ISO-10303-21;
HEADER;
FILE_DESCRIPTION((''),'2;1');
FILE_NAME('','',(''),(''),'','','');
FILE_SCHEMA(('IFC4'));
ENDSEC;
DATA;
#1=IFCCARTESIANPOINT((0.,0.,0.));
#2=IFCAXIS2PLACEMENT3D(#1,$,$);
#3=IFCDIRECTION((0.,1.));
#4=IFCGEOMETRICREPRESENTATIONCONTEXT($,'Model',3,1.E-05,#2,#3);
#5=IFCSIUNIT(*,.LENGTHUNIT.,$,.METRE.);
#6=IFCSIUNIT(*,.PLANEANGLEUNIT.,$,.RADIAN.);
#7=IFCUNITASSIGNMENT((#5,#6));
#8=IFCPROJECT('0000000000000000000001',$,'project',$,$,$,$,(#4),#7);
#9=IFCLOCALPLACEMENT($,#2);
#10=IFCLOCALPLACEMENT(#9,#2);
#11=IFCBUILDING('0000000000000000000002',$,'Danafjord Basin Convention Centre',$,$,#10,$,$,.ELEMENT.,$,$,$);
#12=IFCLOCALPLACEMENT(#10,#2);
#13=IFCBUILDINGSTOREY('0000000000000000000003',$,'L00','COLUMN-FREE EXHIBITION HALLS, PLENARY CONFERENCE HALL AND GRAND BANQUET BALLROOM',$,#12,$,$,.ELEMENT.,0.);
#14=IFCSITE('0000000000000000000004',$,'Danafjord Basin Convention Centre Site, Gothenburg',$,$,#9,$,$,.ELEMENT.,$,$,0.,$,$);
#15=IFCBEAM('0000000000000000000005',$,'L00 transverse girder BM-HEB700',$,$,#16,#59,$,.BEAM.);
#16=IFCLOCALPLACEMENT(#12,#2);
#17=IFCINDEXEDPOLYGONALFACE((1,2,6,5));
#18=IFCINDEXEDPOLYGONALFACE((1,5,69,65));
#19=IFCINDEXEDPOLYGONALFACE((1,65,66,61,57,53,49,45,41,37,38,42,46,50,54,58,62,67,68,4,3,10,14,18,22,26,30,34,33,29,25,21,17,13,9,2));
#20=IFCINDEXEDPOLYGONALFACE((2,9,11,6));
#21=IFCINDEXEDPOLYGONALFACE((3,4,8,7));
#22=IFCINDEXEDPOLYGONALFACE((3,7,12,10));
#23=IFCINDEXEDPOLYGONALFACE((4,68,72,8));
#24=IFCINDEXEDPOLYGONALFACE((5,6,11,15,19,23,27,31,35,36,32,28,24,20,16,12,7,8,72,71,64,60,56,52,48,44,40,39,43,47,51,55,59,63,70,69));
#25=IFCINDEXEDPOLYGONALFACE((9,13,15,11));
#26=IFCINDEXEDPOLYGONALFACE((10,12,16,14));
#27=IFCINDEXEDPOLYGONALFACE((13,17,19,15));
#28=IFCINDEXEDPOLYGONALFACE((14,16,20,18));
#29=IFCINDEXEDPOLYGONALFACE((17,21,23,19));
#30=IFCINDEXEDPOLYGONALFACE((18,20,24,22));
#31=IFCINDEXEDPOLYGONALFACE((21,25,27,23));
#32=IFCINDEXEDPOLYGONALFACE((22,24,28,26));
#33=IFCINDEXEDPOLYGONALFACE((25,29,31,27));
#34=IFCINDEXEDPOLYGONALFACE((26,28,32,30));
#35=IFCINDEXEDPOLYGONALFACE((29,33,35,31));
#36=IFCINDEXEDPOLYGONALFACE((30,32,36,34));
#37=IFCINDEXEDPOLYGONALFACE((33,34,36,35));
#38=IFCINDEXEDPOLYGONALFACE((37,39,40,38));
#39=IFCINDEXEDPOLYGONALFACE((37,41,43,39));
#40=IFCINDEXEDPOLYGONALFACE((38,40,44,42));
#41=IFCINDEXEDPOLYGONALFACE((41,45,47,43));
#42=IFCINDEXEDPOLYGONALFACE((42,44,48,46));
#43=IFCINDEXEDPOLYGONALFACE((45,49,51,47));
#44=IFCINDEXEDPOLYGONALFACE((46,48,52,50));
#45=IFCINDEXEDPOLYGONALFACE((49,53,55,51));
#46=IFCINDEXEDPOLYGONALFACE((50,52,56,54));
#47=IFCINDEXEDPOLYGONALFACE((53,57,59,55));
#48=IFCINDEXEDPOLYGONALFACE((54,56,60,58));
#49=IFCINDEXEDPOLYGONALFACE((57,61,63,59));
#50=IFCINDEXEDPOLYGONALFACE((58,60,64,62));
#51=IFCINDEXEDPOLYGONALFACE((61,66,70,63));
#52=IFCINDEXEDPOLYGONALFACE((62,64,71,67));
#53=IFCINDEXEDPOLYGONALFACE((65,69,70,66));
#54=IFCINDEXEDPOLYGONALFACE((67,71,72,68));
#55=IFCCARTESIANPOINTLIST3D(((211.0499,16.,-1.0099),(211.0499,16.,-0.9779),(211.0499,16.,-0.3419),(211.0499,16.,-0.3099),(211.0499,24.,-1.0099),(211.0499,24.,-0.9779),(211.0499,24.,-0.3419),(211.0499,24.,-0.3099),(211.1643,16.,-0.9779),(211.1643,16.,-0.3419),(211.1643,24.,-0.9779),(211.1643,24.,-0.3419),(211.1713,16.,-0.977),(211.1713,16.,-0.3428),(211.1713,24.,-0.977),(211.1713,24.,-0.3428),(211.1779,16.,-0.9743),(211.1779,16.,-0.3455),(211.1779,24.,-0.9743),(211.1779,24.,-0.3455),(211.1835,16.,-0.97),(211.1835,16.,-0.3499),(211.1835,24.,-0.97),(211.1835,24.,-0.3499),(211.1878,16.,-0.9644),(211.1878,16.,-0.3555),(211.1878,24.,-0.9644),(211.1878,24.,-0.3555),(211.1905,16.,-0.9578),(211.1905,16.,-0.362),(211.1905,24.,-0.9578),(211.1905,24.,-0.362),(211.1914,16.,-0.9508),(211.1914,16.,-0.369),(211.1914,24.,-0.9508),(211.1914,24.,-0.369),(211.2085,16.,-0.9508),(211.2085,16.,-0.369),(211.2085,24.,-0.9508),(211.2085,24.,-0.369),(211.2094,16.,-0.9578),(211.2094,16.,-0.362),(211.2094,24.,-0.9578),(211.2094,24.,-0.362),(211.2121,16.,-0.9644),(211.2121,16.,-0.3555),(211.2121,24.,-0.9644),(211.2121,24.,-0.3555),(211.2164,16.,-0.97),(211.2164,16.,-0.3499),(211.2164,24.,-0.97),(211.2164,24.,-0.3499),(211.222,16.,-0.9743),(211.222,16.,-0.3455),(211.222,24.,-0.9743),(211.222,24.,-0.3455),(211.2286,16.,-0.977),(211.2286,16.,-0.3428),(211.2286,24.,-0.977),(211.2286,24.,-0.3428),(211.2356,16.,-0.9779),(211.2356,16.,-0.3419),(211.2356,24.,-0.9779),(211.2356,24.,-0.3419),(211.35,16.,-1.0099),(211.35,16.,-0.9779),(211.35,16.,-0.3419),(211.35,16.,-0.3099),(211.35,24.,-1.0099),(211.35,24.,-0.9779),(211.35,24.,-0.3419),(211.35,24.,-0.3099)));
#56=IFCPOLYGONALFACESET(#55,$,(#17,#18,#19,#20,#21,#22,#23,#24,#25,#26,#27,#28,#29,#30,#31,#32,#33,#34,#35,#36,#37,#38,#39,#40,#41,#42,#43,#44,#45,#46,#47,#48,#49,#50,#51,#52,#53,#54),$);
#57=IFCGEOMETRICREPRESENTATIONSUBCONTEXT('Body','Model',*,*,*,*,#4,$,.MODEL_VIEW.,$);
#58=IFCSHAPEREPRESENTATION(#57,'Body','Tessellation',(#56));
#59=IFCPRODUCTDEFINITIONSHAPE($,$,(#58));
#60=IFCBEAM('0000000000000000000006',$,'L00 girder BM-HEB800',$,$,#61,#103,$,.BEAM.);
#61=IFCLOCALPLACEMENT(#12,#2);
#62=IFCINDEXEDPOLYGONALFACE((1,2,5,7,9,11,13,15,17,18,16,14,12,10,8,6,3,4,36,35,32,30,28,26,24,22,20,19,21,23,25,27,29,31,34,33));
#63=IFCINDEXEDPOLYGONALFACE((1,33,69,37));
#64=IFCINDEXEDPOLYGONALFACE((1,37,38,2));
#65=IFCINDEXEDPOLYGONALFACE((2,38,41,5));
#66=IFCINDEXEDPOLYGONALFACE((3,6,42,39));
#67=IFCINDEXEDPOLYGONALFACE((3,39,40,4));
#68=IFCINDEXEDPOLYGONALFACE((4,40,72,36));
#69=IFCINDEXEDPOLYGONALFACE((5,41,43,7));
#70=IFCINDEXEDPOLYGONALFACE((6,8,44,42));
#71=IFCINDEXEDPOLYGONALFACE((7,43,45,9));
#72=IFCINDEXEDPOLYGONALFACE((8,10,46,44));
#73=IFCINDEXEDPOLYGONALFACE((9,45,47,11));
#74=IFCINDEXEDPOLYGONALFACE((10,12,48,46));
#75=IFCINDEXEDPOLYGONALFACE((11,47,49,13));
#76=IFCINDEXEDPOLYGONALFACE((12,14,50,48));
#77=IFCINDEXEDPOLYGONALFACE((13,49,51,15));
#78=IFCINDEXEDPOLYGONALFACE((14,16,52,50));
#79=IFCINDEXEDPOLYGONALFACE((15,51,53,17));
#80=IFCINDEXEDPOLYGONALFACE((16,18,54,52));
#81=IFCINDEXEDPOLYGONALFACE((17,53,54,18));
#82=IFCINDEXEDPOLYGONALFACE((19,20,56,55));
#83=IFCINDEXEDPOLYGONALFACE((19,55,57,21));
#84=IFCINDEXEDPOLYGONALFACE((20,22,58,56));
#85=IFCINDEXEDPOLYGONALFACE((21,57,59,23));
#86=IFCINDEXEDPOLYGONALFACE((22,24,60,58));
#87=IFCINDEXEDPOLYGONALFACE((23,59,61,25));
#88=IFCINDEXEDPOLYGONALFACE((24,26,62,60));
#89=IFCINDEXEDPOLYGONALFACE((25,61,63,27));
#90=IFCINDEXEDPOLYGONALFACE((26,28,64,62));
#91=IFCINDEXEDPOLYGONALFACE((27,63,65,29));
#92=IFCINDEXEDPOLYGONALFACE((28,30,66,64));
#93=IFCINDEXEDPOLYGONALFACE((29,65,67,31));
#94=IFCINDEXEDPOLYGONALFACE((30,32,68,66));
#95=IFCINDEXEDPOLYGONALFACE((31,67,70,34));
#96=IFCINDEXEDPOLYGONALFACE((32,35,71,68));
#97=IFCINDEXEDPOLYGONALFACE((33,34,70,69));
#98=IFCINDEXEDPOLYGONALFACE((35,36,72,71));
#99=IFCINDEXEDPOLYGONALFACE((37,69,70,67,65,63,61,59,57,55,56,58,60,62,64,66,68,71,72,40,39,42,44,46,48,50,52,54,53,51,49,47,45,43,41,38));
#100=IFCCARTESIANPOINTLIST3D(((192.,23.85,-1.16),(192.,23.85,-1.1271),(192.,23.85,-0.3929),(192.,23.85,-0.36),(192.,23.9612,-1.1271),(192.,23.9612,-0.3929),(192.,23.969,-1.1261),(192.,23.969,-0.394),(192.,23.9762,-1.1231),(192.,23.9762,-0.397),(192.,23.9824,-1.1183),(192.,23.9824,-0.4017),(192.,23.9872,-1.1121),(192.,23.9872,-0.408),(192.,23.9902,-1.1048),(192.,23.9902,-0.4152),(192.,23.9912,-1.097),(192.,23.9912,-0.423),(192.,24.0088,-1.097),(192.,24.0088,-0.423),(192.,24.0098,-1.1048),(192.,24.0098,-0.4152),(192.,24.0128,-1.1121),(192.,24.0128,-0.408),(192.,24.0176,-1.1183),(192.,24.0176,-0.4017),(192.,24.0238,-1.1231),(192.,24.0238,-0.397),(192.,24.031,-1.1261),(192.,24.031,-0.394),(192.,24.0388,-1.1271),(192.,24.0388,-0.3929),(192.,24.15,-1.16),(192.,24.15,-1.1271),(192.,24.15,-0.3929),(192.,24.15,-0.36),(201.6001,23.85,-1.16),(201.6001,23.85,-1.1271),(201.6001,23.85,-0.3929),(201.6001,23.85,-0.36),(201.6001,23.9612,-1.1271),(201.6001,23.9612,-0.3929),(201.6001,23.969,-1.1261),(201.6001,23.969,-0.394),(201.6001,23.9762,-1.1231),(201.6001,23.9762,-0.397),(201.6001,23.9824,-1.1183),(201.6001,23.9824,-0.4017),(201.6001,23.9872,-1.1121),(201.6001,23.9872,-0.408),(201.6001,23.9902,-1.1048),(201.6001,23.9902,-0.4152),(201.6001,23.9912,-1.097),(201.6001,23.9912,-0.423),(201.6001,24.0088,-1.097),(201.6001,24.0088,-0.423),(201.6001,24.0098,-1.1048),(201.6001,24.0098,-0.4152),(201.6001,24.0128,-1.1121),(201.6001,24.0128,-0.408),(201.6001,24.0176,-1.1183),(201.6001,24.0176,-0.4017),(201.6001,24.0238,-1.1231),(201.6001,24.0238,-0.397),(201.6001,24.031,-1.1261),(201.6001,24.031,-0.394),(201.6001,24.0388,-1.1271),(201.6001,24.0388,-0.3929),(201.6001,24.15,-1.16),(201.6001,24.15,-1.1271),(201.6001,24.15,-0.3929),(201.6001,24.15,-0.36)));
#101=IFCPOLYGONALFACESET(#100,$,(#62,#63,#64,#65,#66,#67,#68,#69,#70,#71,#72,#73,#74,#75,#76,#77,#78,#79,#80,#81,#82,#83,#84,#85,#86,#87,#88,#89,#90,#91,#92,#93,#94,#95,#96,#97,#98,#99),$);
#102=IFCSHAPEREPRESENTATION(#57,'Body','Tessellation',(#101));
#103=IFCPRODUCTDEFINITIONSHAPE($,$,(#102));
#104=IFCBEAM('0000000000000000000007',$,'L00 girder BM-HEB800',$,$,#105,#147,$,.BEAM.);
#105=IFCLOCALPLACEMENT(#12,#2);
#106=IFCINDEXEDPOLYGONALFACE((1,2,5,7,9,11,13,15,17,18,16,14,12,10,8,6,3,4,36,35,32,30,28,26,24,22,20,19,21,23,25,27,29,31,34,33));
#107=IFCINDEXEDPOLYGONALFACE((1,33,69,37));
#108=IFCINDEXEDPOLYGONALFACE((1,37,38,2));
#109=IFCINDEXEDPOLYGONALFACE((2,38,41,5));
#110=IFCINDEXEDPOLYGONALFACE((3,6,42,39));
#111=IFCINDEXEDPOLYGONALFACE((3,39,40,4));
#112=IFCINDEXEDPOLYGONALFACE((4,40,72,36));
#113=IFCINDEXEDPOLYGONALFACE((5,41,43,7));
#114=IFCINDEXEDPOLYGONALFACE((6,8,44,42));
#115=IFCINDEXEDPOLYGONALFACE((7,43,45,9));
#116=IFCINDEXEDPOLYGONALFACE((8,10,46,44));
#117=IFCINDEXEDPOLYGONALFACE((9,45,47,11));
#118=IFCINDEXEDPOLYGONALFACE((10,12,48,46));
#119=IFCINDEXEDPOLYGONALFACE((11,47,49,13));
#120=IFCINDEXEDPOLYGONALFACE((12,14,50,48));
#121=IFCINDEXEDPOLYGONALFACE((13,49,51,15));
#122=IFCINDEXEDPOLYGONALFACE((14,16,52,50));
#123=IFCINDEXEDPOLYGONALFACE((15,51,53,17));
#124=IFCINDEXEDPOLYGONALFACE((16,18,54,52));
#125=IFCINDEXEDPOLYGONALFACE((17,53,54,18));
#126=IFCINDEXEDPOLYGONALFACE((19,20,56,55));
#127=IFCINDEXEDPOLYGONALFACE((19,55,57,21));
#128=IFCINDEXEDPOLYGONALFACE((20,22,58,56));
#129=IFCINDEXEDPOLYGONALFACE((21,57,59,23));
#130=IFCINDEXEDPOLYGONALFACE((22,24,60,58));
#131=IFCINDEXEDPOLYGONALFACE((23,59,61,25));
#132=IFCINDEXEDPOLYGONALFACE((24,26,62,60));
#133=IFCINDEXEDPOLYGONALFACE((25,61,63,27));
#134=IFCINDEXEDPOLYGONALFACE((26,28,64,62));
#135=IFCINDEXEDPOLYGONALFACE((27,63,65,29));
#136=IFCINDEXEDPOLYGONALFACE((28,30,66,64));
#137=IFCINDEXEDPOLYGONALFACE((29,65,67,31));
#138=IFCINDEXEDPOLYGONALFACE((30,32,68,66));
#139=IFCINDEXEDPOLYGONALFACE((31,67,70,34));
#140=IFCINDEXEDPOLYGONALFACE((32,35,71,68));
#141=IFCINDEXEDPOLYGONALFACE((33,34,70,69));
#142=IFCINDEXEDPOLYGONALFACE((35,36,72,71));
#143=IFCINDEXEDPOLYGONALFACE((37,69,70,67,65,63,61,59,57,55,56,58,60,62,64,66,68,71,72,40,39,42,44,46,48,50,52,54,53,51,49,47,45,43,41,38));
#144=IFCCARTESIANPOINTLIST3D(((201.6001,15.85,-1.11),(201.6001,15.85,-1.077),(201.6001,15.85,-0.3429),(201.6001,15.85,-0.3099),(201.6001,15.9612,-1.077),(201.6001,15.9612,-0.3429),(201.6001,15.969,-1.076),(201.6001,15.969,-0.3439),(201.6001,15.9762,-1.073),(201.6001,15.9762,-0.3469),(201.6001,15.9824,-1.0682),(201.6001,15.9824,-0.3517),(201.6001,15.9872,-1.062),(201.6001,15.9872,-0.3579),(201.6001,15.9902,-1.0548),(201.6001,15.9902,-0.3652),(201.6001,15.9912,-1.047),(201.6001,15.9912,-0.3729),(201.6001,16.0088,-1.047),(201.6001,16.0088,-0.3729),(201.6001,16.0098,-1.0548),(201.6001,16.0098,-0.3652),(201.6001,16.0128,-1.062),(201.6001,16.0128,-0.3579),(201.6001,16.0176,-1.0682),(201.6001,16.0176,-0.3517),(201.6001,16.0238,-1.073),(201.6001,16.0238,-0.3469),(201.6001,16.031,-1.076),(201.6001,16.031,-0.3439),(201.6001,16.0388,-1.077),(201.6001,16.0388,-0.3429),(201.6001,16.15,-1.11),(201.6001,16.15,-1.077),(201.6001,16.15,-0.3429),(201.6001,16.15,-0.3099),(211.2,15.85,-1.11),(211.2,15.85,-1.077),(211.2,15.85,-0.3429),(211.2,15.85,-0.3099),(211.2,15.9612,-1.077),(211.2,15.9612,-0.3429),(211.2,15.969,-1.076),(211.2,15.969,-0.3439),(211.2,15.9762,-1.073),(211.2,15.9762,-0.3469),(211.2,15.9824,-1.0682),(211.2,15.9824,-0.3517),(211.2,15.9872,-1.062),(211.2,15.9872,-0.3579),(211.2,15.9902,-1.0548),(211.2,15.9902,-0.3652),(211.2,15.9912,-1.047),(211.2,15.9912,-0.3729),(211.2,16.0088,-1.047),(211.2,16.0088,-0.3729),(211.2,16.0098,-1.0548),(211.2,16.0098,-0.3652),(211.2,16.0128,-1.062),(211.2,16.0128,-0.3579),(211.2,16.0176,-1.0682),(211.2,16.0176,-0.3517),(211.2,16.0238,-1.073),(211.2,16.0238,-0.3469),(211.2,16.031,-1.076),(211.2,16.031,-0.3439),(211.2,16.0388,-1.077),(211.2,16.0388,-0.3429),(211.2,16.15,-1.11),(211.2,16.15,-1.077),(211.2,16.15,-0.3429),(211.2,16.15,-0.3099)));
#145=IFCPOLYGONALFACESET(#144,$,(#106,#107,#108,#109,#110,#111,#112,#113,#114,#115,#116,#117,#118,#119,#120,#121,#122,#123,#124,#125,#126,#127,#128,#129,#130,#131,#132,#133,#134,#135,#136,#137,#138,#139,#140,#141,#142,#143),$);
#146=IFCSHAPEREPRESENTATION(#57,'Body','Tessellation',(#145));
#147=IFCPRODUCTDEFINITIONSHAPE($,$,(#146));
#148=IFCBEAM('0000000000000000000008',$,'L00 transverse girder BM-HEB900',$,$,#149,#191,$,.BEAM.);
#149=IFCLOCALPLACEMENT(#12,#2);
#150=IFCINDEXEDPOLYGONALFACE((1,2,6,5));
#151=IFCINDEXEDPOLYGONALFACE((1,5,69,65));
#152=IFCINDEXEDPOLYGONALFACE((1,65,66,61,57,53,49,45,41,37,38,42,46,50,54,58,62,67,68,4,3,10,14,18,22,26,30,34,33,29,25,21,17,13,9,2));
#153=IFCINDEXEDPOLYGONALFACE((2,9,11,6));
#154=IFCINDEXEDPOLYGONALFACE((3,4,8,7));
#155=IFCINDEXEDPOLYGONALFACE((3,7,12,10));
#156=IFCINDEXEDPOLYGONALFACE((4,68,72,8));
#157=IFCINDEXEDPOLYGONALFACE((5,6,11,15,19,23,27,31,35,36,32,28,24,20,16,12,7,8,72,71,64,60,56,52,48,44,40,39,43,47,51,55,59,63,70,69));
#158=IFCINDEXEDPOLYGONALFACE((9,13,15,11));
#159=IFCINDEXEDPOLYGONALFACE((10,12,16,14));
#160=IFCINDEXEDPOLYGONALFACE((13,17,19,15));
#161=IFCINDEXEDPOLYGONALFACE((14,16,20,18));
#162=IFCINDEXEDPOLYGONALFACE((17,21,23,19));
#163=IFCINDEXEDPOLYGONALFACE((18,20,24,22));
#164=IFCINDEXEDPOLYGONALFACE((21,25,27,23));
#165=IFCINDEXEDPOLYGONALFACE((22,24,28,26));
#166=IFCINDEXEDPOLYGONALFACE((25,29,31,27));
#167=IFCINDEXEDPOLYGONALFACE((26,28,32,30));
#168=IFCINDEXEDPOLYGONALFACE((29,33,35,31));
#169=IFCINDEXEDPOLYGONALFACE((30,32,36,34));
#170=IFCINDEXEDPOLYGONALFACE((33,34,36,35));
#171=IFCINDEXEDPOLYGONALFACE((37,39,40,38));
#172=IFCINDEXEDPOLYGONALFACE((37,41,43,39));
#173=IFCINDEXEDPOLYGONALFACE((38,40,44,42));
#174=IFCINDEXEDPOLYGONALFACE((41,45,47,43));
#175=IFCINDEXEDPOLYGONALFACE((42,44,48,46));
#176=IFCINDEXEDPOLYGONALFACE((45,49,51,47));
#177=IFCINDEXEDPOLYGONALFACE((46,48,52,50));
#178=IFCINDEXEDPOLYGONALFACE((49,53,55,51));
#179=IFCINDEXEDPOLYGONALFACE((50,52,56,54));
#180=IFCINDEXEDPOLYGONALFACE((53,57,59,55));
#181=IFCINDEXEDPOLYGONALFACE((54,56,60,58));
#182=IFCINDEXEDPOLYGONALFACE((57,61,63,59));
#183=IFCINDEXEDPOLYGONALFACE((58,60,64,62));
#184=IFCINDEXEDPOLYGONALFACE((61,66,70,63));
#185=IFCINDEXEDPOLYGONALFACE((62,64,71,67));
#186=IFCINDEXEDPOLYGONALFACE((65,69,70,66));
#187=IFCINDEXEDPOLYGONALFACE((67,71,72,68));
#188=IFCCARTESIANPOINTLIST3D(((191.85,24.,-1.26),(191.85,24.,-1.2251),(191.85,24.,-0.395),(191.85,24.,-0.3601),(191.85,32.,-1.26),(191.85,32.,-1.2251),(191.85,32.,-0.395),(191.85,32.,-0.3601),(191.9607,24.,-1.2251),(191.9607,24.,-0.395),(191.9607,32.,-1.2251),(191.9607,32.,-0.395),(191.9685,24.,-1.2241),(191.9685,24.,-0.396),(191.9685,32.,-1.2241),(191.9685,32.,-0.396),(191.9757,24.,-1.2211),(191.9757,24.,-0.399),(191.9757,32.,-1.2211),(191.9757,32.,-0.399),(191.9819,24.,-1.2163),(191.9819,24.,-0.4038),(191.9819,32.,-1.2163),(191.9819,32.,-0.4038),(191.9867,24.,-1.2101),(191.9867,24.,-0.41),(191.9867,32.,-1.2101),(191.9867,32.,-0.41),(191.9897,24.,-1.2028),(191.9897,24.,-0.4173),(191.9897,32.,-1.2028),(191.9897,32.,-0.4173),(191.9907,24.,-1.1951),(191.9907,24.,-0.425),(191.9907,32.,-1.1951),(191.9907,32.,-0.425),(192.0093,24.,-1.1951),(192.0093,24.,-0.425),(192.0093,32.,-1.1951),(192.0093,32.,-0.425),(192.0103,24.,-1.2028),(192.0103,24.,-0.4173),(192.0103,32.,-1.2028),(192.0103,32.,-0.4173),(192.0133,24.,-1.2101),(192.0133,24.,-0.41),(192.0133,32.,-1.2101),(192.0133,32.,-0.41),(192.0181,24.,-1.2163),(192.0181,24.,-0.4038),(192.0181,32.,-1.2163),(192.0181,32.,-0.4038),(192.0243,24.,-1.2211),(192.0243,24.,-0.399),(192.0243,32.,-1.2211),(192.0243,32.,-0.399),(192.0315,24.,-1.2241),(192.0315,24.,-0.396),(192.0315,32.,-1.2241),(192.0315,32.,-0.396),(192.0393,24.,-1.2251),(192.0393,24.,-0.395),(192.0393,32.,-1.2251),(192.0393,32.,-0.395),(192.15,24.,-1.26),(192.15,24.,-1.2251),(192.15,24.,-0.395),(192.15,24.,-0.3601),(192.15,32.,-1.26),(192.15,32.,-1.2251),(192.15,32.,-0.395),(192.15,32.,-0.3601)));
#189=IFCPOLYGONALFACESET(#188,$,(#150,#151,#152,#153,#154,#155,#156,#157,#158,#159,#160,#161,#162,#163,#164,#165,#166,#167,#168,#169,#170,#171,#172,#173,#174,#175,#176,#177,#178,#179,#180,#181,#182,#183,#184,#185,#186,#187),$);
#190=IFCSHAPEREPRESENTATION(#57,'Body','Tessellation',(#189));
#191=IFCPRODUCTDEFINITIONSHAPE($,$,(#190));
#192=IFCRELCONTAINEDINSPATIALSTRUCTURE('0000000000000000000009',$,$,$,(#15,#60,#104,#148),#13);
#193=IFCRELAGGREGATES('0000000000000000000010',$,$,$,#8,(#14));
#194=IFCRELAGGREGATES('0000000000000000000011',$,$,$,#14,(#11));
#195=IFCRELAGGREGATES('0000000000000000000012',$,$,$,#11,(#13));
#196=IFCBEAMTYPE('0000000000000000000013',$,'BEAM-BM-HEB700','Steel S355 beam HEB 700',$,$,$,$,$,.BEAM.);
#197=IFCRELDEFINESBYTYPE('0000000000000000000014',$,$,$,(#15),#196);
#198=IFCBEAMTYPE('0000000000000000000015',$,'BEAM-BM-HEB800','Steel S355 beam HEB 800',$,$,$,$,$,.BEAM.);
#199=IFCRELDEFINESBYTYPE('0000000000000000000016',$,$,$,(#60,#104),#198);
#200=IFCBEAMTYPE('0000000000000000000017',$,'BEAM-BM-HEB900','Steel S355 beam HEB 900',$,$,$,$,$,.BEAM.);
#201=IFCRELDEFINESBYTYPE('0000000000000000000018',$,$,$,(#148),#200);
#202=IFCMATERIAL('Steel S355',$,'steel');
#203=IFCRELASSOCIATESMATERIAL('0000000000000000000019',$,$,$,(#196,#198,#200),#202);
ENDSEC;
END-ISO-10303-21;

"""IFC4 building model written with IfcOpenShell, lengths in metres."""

from ifc_helpers import new_model, si_unit, direction, frame, origin, origin_2d, place, context, subcontext, project, spatial, i_section, extrude, material, material_profile, profile_set, type_object, element, save


model = new_model("IFC4")

# Units and contexts
model_context = context("Model", 3, precision=1e-05, world=origin(), true_north=direction((0.0, 1.0)))
body_context = subcontext(model_context, "Body", "Model", "MODEL_VIEW")
ifc_project = project(units=[si_unit("LENGTHUNIT", "METRE"), si_unit("PLANEANGLEUNIT", "RADIAN")], contexts=[model_context])

# Site, building, storey
site_placement = place(None, origin())
site = spatial("IfcSite", under=ifc_project, at=site_placement, Name="Danafjord Basin Convention Centre Site, Gothenburg", CompositionType="ELEMENT", RefElevation=0.0)
building_placement = place(site_placement, origin())
building = spatial("IfcBuilding", under=site, at=building_placement, Name="Danafjord Basin Convention Centre", CompositionType="ELEMENT")
storey_placement = place(building_placement, origin())
storey = spatial("IfcBuildingStorey", under=building, at=storey_placement, Name="L00", Description="COLUMN-FREE EXHIBITION HALLS, PLENARY CONFERENCE HALL AND GRAND BANQUET BALLROOM", CompositionType="ELEMENT", Elevation=0.0)

# Shared definitions
ifc_material_1 = material(Name="Steel S355", Category="steel")

# Beams
ifc_material_profile_1 = material_profile(ifc_material_1, i_section(OverallWidth=0.3, OverallDepth=0.7, WebThickness=0.0171, FlangeThickness=0.032, FilletRadius=0.0271, at=origin_2d()), Name="HEB 700")
ifc_profile_set_1 = profile_set([ifc_material_profile_1], Name="Steel S355")
beam_type_1 = type_object("IfcBeamType", Name="BEAM-BM-HEB700", Description="Steel S355 beam HEB 700", PredefinedType="BEAM", material=ifc_profile_set_1)
for number, where, z_axis, x_axis, name in (
    (1, (211.2, 16.0, -0.6599), (0.0, 1.0, 0.0), (-1.0, 0.0, 0.0), "L00 transverse girder BM-HEB700"),
):
    element("IfcBeam", number, at=place(storey_placement, frame(where, z_axis=z_axis, x_axis=x_axis)), inside=storey, type_object=beam_type_1, Name=name, PredefinedType="BEAM", context=body_context, shape_type="SweptSolid", body=[
        extrude(i_section(OverallWidth=0.3, OverallDepth=0.7, WebThickness=0.0171, FlangeThickness=0.032, FilletRadius=0.0271, at=origin_2d()), origin(), (0.0, 0.0, 1.0), 8.0),
    ])
ifc_material_profile_2 = material_profile(ifc_material_1, i_section(OverallWidth=0.3, OverallDepth=0.8, WebThickness=0.0176, FlangeThickness=0.033, FilletRadius=0.03, at=origin_2d()), Name="HEB 800")
ifc_profile_set_2 = profile_set([ifc_material_profile_2], Name="Steel S355")
beam_type_2 = type_object("IfcBeamType", Name="BEAM-BM-HEB800", Description="Steel S355 beam HEB 800", PredefinedType="BEAM", material=ifc_profile_set_2)
beam_1_placement = place(storey_placement, frame((192.0, 24.0, -0.76), z_axis=(1.0, 0.0, 0.0), x_axis=(0.0, 1.0, 0.0)))
element("IfcBeam", 2, at=beam_1_placement, inside=storey, type_object=beam_type_2, Name="L00 girder BM-HEB800", PredefinedType="BEAM", context=body_context, shape_type="SweptSolid", body=[
    extrude(i_section(OverallWidth=0.3, OverallDepth=0.8, WebThickness=0.0176, FlangeThickness=0.033, FilletRadius=0.03, at=origin_2d()), origin(), (0.0, 0.0, 1.0), 9.6001),
])
beam_2_placement = place(storey_placement, frame((201.6001, 16.0, -0.71), z_axis=(1.0, 0.0, 0.0), x_axis=(0.0, 1.0, 0.0)))
element("IfcBeam", 3, at=beam_2_placement, inside=storey, type_object=beam_type_2, Name="L00 girder BM-HEB800", PredefinedType="BEAM", context=body_context, shape_type="SweptSolid", body=[
    extrude(i_section(OverallWidth=0.3, OverallDepth=0.8, WebThickness=0.0176, FlangeThickness=0.033, FilletRadius=0.03, at=origin_2d()), origin(), (0.0, 0.0, 1.0), 9.5999),
])
ifc_material_profile_3 = material_profile(ifc_material_1, i_section(OverallWidth=0.3, OverallDepth=0.8999, WebThickness=0.0186, FlangeThickness=0.0349, FilletRadius=0.03, at=origin_2d()), Name="HEB 900")
ifc_profile_set_3 = profile_set([ifc_material_profile_3], Name="Steel S355")
beam_type_3 = type_object("IfcBeamType", Name="BEAM-BM-HEB900", Description="Steel S355 beam HEB 900", PredefinedType="BEAM", material=ifc_profile_set_3)
for number, where, z_axis, x_axis, name in (
    (4, (192.0, 24.0, -0.8101), (0.0, 1.0, 0.0), (-1.0, 0.0, 0.0), "L00 transverse girder BM-HEB900"),
):
    element("IfcBeam", number, at=place(storey_placement, frame(where, z_axis=z_axis, x_axis=x_axis)), inside=storey, type_object=beam_type_3, Name=name, PredefinedType="BEAM", context=body_context, shape_type="SweptSolid", body=[
        extrude(i_section(OverallWidth=0.3, OverallDepth=0.8999, WebThickness=0.0186, FlangeThickness=0.0349, FilletRadius=0.03, at=origin_2d()), origin(), (0.0, 0.0, 1.0), 8.0),
    ])

save(model, "model.ifc")
